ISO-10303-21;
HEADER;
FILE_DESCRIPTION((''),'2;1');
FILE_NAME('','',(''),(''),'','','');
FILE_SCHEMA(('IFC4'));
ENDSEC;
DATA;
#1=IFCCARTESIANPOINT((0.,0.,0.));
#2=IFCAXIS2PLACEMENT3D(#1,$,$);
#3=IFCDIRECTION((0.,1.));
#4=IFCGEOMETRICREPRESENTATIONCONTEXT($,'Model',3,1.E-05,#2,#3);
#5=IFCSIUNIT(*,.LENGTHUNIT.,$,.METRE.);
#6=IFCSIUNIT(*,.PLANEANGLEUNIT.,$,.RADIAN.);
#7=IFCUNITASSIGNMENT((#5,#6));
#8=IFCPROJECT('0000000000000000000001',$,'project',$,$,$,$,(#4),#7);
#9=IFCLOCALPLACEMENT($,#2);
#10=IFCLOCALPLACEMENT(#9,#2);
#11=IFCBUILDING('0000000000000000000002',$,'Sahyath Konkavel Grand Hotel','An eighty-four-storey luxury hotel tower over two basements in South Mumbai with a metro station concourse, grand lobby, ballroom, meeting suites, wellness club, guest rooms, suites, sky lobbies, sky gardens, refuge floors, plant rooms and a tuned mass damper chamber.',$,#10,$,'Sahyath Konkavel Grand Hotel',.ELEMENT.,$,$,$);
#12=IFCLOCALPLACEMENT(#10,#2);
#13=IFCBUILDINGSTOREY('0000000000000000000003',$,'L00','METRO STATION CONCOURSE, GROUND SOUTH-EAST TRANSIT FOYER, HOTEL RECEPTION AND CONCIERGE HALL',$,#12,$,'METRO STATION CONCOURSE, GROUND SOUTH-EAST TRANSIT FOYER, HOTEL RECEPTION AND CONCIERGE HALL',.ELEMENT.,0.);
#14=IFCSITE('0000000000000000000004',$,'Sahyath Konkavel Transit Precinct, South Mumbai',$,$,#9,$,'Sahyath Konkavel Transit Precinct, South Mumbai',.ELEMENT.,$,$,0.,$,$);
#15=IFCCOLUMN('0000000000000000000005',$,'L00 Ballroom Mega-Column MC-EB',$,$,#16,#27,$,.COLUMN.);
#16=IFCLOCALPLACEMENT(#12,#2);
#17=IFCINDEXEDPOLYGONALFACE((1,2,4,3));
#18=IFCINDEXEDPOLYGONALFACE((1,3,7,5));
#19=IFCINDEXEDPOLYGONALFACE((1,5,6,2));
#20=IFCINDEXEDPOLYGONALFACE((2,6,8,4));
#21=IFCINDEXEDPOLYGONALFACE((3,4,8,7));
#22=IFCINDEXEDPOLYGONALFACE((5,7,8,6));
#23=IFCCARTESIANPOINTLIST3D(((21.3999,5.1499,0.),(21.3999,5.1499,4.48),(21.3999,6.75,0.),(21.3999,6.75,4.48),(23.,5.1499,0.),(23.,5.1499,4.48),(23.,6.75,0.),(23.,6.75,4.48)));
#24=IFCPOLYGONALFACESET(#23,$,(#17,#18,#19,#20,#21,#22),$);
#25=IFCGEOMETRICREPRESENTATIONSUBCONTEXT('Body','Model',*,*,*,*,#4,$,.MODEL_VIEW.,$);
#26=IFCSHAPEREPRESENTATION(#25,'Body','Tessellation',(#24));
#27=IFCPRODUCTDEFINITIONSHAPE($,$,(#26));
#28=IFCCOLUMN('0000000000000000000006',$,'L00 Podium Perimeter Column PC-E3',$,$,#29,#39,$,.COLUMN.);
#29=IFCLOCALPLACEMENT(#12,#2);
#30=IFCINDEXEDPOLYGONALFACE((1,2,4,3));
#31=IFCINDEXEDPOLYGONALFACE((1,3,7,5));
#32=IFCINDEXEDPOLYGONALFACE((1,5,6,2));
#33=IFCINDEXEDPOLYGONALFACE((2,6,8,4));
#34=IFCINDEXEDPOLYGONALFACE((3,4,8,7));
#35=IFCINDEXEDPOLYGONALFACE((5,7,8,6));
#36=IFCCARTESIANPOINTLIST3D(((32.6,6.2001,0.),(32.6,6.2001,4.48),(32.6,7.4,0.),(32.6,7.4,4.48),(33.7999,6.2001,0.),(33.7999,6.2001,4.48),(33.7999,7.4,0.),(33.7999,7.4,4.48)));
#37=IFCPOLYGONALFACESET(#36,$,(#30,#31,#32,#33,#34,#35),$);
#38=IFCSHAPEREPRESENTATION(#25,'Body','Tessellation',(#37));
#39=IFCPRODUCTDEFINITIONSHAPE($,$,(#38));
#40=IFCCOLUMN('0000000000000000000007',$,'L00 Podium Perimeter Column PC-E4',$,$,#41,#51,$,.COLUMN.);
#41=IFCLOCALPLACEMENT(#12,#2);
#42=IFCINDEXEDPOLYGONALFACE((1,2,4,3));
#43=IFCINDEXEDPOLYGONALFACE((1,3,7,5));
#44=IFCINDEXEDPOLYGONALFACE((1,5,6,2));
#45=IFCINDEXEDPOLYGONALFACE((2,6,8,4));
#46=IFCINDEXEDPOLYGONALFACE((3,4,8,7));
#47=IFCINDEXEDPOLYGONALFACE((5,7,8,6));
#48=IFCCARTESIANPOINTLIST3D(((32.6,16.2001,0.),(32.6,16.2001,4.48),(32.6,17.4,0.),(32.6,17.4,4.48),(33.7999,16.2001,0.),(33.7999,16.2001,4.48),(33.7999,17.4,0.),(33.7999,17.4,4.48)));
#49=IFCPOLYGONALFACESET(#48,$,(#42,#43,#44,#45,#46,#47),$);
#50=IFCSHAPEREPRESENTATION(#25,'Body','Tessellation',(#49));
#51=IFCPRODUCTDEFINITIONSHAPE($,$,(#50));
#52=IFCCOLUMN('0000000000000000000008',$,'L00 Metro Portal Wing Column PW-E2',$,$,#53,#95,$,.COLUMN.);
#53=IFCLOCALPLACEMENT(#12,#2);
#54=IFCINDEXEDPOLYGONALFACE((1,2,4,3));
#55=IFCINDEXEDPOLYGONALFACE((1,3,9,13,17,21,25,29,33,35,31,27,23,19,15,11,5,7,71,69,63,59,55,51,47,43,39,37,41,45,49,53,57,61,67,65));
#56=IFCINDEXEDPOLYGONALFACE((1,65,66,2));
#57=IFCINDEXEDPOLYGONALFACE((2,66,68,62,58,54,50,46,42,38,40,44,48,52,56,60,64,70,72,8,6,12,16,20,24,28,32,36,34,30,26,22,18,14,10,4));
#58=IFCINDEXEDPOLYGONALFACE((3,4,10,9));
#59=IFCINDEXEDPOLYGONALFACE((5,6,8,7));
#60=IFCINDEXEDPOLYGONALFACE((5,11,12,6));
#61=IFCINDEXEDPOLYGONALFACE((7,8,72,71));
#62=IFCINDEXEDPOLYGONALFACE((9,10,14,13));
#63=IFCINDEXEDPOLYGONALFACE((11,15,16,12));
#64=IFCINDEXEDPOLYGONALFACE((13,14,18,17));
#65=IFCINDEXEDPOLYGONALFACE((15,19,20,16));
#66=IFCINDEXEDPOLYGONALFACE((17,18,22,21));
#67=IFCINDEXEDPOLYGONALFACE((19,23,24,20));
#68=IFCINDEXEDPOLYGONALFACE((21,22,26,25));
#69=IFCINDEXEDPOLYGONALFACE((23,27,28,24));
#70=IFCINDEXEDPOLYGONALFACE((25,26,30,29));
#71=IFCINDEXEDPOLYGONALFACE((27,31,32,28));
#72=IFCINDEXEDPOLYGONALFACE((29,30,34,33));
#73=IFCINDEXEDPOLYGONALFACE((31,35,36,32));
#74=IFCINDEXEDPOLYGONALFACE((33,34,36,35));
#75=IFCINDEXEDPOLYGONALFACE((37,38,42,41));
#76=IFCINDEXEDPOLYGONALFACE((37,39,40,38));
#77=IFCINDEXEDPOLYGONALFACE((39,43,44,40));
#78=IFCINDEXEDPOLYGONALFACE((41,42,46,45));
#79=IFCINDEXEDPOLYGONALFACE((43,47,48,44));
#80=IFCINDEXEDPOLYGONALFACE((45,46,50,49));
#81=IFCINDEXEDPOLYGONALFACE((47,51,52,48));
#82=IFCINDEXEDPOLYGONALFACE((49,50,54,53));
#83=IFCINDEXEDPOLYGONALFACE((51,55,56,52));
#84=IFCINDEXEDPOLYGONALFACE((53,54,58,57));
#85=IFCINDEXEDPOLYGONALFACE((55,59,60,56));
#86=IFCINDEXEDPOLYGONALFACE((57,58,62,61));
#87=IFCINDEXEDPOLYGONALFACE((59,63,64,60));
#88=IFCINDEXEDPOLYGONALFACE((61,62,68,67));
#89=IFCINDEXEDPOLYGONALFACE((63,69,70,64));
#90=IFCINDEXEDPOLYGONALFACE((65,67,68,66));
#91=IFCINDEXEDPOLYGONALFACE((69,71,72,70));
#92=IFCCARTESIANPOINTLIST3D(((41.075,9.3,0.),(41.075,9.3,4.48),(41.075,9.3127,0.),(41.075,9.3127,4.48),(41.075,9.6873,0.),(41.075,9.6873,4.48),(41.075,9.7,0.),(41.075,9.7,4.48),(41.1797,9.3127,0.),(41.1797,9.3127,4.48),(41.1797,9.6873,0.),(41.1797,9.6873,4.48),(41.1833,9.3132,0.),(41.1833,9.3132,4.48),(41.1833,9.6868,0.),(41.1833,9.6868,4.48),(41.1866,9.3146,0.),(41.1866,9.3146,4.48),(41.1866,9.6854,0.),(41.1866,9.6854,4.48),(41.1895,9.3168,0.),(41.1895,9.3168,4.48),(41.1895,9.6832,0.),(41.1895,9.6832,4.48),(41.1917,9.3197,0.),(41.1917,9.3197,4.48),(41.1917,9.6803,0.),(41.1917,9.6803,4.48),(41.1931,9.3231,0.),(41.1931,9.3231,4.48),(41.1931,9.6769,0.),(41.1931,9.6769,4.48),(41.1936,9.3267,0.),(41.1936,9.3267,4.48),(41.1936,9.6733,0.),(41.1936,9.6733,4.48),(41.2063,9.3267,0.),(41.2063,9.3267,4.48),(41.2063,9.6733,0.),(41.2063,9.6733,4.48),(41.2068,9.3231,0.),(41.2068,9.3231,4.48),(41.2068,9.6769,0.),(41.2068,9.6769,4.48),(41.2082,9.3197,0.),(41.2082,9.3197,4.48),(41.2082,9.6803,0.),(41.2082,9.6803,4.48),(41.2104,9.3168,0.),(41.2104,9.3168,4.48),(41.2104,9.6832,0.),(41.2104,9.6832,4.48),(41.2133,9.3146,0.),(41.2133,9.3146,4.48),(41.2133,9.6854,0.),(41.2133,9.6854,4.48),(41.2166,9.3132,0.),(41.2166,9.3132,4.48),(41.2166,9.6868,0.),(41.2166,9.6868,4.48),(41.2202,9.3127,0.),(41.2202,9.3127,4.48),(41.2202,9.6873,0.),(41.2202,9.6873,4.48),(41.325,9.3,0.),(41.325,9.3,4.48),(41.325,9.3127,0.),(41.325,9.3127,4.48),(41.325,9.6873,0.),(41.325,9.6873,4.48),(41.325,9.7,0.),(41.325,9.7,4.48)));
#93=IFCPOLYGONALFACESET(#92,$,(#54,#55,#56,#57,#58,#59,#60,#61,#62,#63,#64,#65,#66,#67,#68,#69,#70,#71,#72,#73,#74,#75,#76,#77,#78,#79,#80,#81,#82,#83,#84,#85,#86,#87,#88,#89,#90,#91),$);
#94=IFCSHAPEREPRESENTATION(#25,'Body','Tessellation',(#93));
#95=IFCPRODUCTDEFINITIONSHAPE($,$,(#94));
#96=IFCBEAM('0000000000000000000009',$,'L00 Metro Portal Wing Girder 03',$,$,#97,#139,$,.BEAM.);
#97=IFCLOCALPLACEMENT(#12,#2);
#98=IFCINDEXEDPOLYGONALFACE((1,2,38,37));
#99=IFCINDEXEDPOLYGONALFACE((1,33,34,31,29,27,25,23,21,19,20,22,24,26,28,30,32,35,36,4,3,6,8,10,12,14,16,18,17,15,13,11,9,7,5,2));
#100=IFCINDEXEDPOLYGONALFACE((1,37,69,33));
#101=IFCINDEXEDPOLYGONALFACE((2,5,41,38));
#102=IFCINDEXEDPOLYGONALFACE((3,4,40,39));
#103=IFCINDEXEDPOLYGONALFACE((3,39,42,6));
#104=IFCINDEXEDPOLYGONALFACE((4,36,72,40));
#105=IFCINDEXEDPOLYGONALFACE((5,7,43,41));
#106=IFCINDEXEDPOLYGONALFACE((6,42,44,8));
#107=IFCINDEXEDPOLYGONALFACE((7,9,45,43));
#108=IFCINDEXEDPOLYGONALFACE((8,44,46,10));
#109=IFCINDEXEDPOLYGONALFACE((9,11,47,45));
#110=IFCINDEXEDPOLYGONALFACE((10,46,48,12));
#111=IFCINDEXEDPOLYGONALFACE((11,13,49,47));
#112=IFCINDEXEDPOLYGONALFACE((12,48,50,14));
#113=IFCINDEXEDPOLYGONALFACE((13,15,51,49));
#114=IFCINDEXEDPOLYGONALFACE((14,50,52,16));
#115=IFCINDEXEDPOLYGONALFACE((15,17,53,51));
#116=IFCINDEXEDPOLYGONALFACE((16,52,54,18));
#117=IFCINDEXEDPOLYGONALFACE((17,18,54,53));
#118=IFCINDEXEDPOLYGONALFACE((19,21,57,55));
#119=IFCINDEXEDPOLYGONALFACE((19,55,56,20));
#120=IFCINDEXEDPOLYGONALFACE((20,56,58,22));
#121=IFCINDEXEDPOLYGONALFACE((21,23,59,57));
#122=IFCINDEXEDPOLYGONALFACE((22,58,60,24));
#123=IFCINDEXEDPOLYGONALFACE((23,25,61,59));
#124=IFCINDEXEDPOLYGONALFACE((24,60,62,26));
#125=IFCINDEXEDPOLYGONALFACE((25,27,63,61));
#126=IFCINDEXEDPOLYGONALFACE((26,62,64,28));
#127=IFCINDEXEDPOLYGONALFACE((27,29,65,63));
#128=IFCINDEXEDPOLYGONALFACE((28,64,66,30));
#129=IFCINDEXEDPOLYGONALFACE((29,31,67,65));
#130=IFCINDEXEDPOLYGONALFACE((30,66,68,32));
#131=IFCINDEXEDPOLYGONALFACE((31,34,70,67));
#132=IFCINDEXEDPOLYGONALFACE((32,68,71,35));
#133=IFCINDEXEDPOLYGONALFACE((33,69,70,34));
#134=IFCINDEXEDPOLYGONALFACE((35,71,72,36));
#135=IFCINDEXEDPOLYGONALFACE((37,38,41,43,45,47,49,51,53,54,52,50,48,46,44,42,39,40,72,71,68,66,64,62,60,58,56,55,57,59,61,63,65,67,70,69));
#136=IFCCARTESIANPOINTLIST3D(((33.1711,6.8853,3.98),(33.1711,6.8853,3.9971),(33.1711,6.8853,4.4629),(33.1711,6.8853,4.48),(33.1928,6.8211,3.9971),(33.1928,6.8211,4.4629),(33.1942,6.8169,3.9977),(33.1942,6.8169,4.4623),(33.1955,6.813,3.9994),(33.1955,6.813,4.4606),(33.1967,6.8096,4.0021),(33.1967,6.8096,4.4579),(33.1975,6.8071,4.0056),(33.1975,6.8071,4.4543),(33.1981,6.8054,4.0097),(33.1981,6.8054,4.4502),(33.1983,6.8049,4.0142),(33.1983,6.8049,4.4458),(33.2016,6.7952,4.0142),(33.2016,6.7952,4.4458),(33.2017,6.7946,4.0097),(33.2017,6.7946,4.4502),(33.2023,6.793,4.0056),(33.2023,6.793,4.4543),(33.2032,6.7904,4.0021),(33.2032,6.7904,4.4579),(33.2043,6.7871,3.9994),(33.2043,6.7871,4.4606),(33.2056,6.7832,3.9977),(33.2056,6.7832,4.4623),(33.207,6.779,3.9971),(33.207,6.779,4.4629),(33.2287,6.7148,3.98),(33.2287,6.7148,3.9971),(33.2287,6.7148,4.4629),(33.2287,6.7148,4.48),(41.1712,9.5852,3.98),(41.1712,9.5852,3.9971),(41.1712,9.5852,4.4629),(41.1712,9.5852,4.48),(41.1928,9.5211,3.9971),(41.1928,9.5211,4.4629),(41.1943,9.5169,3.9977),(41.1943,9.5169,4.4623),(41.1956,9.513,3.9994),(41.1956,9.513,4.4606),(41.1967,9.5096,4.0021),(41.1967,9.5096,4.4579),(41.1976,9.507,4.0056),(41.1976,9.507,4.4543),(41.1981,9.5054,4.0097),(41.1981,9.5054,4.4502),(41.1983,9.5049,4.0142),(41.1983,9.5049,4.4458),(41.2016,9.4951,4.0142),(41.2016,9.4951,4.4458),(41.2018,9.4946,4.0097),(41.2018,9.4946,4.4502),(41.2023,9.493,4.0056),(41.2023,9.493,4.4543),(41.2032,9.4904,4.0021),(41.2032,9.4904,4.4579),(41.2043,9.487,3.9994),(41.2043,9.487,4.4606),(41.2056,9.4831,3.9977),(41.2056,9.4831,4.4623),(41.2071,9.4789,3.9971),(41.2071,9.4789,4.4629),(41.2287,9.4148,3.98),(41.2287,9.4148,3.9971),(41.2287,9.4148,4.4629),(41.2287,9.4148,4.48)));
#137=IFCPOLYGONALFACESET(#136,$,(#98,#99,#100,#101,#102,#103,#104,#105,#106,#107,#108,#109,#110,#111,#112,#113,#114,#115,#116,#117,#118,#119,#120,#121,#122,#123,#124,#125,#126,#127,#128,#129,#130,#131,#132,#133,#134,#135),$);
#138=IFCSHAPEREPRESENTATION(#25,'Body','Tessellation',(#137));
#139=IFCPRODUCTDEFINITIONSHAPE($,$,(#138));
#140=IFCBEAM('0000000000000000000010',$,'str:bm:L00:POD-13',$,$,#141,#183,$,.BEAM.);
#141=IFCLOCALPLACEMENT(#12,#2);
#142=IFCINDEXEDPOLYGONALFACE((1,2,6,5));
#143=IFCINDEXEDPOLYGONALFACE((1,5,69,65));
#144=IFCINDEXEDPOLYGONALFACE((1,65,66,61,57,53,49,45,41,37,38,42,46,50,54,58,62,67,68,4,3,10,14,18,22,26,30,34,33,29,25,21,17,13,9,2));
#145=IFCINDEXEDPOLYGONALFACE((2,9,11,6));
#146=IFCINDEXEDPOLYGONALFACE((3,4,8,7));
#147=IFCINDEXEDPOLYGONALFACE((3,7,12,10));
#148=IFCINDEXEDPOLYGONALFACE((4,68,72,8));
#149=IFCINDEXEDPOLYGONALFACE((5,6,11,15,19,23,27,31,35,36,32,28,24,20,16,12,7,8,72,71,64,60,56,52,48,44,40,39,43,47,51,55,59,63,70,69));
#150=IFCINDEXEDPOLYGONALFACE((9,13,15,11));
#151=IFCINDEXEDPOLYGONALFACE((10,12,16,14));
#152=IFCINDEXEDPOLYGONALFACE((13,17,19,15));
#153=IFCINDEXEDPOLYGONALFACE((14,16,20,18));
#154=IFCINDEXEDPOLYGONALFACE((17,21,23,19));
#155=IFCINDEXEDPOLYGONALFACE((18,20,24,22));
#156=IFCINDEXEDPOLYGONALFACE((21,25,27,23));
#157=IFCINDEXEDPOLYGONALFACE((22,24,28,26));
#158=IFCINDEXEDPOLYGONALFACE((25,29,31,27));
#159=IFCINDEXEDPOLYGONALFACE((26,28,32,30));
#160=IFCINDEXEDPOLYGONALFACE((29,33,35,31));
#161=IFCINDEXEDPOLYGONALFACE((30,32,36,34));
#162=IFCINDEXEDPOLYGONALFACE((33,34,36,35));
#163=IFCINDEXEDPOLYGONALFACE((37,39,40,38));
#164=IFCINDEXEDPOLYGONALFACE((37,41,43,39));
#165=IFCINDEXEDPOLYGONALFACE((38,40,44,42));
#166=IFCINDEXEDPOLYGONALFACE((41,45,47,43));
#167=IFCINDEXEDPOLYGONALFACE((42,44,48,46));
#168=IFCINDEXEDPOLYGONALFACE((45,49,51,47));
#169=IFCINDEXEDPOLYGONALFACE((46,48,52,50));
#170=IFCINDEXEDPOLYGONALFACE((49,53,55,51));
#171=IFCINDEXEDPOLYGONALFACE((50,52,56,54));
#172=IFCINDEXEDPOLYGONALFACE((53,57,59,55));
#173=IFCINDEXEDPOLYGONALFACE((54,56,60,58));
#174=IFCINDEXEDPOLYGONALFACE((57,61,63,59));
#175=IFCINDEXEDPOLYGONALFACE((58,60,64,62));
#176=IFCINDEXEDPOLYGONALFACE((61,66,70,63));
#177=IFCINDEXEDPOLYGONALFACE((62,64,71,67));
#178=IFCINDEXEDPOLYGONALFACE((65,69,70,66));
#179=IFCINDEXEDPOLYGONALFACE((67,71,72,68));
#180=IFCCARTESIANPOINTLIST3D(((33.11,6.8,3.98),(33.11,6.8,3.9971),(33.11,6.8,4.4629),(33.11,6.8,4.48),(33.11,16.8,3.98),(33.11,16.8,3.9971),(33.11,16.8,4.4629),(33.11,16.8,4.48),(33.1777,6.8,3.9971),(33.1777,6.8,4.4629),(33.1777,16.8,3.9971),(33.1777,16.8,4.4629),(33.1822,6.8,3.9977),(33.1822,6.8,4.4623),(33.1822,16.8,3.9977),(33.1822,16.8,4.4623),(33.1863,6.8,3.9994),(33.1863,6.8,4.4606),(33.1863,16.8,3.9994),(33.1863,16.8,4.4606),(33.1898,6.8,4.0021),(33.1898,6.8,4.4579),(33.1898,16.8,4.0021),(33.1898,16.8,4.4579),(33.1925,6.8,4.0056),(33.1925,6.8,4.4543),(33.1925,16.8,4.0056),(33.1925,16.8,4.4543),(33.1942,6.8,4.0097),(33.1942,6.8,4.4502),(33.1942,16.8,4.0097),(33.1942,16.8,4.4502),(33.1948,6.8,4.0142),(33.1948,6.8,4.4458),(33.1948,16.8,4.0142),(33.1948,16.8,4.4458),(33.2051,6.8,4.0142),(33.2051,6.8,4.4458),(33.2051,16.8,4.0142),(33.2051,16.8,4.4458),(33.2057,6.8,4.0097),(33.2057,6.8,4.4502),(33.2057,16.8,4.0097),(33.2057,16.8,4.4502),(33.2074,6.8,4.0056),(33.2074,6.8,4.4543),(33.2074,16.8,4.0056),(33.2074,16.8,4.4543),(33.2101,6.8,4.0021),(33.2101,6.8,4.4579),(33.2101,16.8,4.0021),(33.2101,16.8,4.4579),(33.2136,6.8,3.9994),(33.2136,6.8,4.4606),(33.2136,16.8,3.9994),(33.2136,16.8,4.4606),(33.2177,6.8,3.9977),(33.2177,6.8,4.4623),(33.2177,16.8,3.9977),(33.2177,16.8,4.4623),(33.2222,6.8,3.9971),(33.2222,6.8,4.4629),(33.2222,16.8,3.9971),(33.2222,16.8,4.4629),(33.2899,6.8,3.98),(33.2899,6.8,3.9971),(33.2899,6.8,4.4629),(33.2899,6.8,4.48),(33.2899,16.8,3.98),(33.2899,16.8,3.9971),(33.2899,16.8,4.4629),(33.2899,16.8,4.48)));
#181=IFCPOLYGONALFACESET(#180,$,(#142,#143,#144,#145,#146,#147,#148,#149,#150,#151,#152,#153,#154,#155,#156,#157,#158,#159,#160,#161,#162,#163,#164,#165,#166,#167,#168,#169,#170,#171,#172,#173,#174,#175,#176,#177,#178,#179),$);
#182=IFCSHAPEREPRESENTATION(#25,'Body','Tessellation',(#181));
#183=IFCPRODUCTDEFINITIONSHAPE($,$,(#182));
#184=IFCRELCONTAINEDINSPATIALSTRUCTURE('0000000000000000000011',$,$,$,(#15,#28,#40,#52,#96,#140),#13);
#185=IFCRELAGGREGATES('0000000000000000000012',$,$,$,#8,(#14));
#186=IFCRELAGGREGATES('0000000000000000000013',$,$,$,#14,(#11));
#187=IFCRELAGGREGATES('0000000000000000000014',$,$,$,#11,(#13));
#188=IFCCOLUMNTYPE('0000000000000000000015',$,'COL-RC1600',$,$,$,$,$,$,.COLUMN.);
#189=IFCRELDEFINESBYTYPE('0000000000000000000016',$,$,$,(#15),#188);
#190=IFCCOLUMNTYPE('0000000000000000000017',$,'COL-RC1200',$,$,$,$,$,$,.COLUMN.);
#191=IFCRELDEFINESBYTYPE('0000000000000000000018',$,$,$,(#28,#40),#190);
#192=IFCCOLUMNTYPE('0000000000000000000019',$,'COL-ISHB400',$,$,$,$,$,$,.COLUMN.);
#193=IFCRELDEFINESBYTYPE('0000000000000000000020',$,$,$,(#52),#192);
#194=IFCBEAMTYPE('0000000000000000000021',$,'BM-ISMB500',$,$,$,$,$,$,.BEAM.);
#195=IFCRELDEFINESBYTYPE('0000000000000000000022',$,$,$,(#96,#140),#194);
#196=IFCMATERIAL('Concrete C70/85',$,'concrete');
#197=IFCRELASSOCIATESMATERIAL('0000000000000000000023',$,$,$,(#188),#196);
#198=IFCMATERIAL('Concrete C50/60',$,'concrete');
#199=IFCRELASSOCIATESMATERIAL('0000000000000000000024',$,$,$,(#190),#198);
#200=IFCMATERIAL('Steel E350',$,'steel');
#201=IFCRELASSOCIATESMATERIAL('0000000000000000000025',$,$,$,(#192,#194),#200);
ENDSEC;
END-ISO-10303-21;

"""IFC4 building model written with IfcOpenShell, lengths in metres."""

from ifc_helpers import new_model, si_unit, direction, frame, origin, origin_2d, place, context, subcontext, project, spatial, rectangle, i_section, extrude, source, transform, mapped, material, material_profile, profile_set, type_object, element, save


model = new_model("IFC4")

# Units and contexts
model_context = context("Model", 3, precision=1e-05, world=origin(), true_north=direction((0.0, 1.0)))
body_context = subcontext(model_context, "Body", "Model", "MODEL_VIEW")
ifc_project = project(units=[si_unit("LENGTHUNIT", "METRE"), si_unit("PLANEANGLEUNIT", "RADIAN")], contexts=[model_context])

# Site, building, storey
site_placement = place(None, origin())
site = spatial("IfcSite", under=ifc_project, at=site_placement, Name="Sahyath Konkavel Transit Precinct, South Mumbai", LongName="Sahyath Konkavel Transit Precinct, South Mumbai", CompositionType="ELEMENT", RefElevation=0.0)
building_placement = place(site_placement, origin())
building = spatial("IfcBuilding", under=site, at=building_placement, Name="Sahyath Konkavel Grand Hotel", Description="An eighty-four-storey luxury hotel tower over two basements in South Mumbai with a metro station concourse, grand lobby, ballroom, meeting suites, wellness club, guest rooms, suites, sky lobbies, sky gardens, refuge floors, plant rooms and a tuned mass damper chamber.", LongName="Sahyath Konkavel Grand Hotel", CompositionType="ELEMENT")
storey_placement = place(building_placement, origin())
storey = spatial("IfcBuildingStorey", under=building, at=storey_placement, Name="L00", Description="METRO STATION CONCOURSE, GROUND SOUTH-EAST TRANSIT FOYER, HOTEL RECEPTION AND CONCIERGE HALL", LongName="METRO STATION CONCOURSE, GROUND SOUTH-EAST TRANSIT FOYER, HOTEL RECEPTION AND CONCIERGE HALL", CompositionType="ELEMENT", Elevation=0.0)

# Columns
ifc_material_1 = material(Name="Concrete C70/85", Category="concrete")
ifc_material_profile_1 = material_profile(ifc_material_1, rectangle(XDim=1.6001, YDim=1.6001, at=origin_2d()), Name="RC 1600x1600")
ifc_profile_set_1 = profile_set([ifc_material_profile_1], Name="Concrete C70/85")
column_type_1 = type_object("IfcColumnType", Name="COL-RC1600", PredefinedType="COLUMN", material=ifc_profile_set_1)
shared_shape_1 = source(origin(), body_context, "Body", "SweptSolid", [
    extrude(rectangle(XDim=1.6001, YDim=1.6001, at=origin_2d()), origin(), (0.0, 0.0, 1.0), 4.48),
])
column_1_placement = place(storey_placement, frame((22.2, 5.95, 0.0), z_axis=(0.0, 0.0, 1.0), x_axis=(1.0, 0.0, 0.0)))
element("IfcColumn", 1, at=column_1_placement, inside=storey, type_object=column_type_1, Name="L00 Ballroom Mega-Column MC-EB", PredefinedType="COLUMN", context=body_context, shape_type="MappedRepresentation", body=[
    mapped(shared_shape_1, transform((0.0, 0.0, 0.0), scale=1.0)),
])
ifc_material_2 = material(Name="Concrete C50/60", Category="concrete")
ifc_material_profile_2 = material_profile(ifc_material_2, rectangle(XDim=1.2, YDim=1.2, at=origin_2d()), Name="RC 1200x1200")
ifc_profile_set_2 = profile_set([ifc_material_profile_2], Name="Concrete C50/60")
column_type_2 = type_object("IfcColumnType", Name="COL-RC1200", PredefinedType="COLUMN", material=ifc_profile_set_2)
shared_shape_2 = source(origin(), body_context, "Body", "SweptSolid", [
    extrude(rectangle(XDim=1.2, YDim=1.2, at=origin_2d()), origin(), (0.0, 0.0, 1.0), 4.48),
])
for number, where, z_axis, x_axis, name in (
    (2, (33.2, 6.8, 0.0), (0.0, 0.0, 1.0), (1.0, 0.0, 0.0), "L00 Podium Perimeter Column PC-E3"),
    (3, (33.2, 16.8, 0.0), (0.0, 0.0, 1.0), (1.0, 0.0, 0.0), "L00 Podium Perimeter Column PC-E4"),
):
    element("IfcColumn", number, at=place(storey_placement, frame(where, z_axis=z_axis, x_axis=x_axis)), inside=storey, type_object=column_type_2, Name=name, PredefinedType="COLUMN", context=body_context, shape_type="MappedRepresentation", body=[
        mapped(shared_shape_2, transform((0.0, 0.0, 0.0), scale=1.0)),
    ])
ifc_material_3 = material(Name="Steel E350", Category="steel")
ifc_material_profile_3 = material_profile(ifc_material_3, i_section(OverallWidth=0.25, OverallDepth=0.3999, WebThickness=0.0127, FlangeThickness=0.0127, FilletRadius=0.0139, at=origin_2d()), Name="ISHB 400")
ifc_profile_set_3 = profile_set([ifc_material_profile_3], Name="Steel E350")
column_type_3 = type_object("IfcColumnType", Name="COL-ISHB400", PredefinedType="COLUMN", material=ifc_profile_set_3)
shared_shape_3 = source(origin(), body_context, "Body", "SweptSolid", [
    extrude(i_section(OverallWidth=0.25, OverallDepth=0.3999, WebThickness=0.0127, FlangeThickness=0.0127, FilletRadius=0.0139, at=origin_2d()), origin(), (0.0, 0.0, 1.0), 4.48),
])
column_2_placement = place(storey_placement, frame((41.2, 9.5, 0.0), z_axis=(0.0, 0.0, 1.0), x_axis=(1.0, 0.0, 0.0)))
element("IfcColumn", 4, at=column_2_placement, inside=storey, type_object=column_type_3, Name="L00 Metro Portal Wing Column PW-E2", PredefinedType="COLUMN", context=body_context, shape_type="MappedRepresentation", body=[
    mapped(shared_shape_3, transform((0.0, 0.0, 0.0), scale=1.0)),
])

# Beams
ifc_material_profile_4 = material_profile(ifc_material_3, i_section(OverallWidth=0.1799, OverallDepth=0.5, WebThickness=0.0103, FlangeThickness=0.0171, FilletRadius=0.0171, at=origin_2d()), Name="ISMB 500")
ifc_profile_set_4 = profile_set([ifc_material_profile_4], Name="Steel E350")
beam_type_1 = type_object("IfcBeamType", Name="BM-ISMB500", PredefinedType="BEAM", material=ifc_profile_set_4)
shared_shape_4 = source(origin(), body_context, "Body", "SweptSolid", [
    extrude(i_section(OverallWidth=0.1799, OverallDepth=0.5, WebThickness=0.0103, FlangeThickness=0.0171, FilletRadius=0.0171, at=origin_2d()), origin(), (0.0, 0.0, 1.0), 8.4434),
])
beam_1_placement = place(storey_placement, frame((41.2, 9.5, 4.23), z_axis=(-0.947494, -0.319773, 0.0), x_axis=(0.319773, -0.947494, 0.0)))
element("IfcBeam", 5, at=beam_1_placement, inside=storey, type_object=beam_type_1, Name="L00 Metro Portal Wing Girder 03", PredefinedType="BEAM", context=body_context, shape_type="MappedRepresentation", body=[
    mapped(shared_shape_4, transform((0.0, 0.0, 0.0), scale=1.0)),
])
shared_shape_5 = source(origin(), body_context, "Body", "SweptSolid", [
    extrude(i_section(OverallWidth=0.1799, OverallDepth=0.5, WebThickness=0.0103, FlangeThickness=0.0171, FilletRadius=0.0171, at=origin_2d()), origin(), (0.0, 0.0, 1.0), 10.0),
])
beam_2_placement = place(storey_placement, frame((33.2, 6.8, 4.23), z_axis=(0.0, 1.0, 0.0), x_axis=(-1.0, 0.0, 0.0)))
element("IfcBeam", 6, at=beam_2_placement, inside=storey, type_object=beam_type_1, Name="str:bm:L00:POD-13", PredefinedType="BEAM", context=body_context, shape_type="MappedRepresentation", body=[
    mapped(shared_shape_5, transform((0.0, 0.0, 0.0), scale=1.0)),
])

save(model, "model.ifc")
